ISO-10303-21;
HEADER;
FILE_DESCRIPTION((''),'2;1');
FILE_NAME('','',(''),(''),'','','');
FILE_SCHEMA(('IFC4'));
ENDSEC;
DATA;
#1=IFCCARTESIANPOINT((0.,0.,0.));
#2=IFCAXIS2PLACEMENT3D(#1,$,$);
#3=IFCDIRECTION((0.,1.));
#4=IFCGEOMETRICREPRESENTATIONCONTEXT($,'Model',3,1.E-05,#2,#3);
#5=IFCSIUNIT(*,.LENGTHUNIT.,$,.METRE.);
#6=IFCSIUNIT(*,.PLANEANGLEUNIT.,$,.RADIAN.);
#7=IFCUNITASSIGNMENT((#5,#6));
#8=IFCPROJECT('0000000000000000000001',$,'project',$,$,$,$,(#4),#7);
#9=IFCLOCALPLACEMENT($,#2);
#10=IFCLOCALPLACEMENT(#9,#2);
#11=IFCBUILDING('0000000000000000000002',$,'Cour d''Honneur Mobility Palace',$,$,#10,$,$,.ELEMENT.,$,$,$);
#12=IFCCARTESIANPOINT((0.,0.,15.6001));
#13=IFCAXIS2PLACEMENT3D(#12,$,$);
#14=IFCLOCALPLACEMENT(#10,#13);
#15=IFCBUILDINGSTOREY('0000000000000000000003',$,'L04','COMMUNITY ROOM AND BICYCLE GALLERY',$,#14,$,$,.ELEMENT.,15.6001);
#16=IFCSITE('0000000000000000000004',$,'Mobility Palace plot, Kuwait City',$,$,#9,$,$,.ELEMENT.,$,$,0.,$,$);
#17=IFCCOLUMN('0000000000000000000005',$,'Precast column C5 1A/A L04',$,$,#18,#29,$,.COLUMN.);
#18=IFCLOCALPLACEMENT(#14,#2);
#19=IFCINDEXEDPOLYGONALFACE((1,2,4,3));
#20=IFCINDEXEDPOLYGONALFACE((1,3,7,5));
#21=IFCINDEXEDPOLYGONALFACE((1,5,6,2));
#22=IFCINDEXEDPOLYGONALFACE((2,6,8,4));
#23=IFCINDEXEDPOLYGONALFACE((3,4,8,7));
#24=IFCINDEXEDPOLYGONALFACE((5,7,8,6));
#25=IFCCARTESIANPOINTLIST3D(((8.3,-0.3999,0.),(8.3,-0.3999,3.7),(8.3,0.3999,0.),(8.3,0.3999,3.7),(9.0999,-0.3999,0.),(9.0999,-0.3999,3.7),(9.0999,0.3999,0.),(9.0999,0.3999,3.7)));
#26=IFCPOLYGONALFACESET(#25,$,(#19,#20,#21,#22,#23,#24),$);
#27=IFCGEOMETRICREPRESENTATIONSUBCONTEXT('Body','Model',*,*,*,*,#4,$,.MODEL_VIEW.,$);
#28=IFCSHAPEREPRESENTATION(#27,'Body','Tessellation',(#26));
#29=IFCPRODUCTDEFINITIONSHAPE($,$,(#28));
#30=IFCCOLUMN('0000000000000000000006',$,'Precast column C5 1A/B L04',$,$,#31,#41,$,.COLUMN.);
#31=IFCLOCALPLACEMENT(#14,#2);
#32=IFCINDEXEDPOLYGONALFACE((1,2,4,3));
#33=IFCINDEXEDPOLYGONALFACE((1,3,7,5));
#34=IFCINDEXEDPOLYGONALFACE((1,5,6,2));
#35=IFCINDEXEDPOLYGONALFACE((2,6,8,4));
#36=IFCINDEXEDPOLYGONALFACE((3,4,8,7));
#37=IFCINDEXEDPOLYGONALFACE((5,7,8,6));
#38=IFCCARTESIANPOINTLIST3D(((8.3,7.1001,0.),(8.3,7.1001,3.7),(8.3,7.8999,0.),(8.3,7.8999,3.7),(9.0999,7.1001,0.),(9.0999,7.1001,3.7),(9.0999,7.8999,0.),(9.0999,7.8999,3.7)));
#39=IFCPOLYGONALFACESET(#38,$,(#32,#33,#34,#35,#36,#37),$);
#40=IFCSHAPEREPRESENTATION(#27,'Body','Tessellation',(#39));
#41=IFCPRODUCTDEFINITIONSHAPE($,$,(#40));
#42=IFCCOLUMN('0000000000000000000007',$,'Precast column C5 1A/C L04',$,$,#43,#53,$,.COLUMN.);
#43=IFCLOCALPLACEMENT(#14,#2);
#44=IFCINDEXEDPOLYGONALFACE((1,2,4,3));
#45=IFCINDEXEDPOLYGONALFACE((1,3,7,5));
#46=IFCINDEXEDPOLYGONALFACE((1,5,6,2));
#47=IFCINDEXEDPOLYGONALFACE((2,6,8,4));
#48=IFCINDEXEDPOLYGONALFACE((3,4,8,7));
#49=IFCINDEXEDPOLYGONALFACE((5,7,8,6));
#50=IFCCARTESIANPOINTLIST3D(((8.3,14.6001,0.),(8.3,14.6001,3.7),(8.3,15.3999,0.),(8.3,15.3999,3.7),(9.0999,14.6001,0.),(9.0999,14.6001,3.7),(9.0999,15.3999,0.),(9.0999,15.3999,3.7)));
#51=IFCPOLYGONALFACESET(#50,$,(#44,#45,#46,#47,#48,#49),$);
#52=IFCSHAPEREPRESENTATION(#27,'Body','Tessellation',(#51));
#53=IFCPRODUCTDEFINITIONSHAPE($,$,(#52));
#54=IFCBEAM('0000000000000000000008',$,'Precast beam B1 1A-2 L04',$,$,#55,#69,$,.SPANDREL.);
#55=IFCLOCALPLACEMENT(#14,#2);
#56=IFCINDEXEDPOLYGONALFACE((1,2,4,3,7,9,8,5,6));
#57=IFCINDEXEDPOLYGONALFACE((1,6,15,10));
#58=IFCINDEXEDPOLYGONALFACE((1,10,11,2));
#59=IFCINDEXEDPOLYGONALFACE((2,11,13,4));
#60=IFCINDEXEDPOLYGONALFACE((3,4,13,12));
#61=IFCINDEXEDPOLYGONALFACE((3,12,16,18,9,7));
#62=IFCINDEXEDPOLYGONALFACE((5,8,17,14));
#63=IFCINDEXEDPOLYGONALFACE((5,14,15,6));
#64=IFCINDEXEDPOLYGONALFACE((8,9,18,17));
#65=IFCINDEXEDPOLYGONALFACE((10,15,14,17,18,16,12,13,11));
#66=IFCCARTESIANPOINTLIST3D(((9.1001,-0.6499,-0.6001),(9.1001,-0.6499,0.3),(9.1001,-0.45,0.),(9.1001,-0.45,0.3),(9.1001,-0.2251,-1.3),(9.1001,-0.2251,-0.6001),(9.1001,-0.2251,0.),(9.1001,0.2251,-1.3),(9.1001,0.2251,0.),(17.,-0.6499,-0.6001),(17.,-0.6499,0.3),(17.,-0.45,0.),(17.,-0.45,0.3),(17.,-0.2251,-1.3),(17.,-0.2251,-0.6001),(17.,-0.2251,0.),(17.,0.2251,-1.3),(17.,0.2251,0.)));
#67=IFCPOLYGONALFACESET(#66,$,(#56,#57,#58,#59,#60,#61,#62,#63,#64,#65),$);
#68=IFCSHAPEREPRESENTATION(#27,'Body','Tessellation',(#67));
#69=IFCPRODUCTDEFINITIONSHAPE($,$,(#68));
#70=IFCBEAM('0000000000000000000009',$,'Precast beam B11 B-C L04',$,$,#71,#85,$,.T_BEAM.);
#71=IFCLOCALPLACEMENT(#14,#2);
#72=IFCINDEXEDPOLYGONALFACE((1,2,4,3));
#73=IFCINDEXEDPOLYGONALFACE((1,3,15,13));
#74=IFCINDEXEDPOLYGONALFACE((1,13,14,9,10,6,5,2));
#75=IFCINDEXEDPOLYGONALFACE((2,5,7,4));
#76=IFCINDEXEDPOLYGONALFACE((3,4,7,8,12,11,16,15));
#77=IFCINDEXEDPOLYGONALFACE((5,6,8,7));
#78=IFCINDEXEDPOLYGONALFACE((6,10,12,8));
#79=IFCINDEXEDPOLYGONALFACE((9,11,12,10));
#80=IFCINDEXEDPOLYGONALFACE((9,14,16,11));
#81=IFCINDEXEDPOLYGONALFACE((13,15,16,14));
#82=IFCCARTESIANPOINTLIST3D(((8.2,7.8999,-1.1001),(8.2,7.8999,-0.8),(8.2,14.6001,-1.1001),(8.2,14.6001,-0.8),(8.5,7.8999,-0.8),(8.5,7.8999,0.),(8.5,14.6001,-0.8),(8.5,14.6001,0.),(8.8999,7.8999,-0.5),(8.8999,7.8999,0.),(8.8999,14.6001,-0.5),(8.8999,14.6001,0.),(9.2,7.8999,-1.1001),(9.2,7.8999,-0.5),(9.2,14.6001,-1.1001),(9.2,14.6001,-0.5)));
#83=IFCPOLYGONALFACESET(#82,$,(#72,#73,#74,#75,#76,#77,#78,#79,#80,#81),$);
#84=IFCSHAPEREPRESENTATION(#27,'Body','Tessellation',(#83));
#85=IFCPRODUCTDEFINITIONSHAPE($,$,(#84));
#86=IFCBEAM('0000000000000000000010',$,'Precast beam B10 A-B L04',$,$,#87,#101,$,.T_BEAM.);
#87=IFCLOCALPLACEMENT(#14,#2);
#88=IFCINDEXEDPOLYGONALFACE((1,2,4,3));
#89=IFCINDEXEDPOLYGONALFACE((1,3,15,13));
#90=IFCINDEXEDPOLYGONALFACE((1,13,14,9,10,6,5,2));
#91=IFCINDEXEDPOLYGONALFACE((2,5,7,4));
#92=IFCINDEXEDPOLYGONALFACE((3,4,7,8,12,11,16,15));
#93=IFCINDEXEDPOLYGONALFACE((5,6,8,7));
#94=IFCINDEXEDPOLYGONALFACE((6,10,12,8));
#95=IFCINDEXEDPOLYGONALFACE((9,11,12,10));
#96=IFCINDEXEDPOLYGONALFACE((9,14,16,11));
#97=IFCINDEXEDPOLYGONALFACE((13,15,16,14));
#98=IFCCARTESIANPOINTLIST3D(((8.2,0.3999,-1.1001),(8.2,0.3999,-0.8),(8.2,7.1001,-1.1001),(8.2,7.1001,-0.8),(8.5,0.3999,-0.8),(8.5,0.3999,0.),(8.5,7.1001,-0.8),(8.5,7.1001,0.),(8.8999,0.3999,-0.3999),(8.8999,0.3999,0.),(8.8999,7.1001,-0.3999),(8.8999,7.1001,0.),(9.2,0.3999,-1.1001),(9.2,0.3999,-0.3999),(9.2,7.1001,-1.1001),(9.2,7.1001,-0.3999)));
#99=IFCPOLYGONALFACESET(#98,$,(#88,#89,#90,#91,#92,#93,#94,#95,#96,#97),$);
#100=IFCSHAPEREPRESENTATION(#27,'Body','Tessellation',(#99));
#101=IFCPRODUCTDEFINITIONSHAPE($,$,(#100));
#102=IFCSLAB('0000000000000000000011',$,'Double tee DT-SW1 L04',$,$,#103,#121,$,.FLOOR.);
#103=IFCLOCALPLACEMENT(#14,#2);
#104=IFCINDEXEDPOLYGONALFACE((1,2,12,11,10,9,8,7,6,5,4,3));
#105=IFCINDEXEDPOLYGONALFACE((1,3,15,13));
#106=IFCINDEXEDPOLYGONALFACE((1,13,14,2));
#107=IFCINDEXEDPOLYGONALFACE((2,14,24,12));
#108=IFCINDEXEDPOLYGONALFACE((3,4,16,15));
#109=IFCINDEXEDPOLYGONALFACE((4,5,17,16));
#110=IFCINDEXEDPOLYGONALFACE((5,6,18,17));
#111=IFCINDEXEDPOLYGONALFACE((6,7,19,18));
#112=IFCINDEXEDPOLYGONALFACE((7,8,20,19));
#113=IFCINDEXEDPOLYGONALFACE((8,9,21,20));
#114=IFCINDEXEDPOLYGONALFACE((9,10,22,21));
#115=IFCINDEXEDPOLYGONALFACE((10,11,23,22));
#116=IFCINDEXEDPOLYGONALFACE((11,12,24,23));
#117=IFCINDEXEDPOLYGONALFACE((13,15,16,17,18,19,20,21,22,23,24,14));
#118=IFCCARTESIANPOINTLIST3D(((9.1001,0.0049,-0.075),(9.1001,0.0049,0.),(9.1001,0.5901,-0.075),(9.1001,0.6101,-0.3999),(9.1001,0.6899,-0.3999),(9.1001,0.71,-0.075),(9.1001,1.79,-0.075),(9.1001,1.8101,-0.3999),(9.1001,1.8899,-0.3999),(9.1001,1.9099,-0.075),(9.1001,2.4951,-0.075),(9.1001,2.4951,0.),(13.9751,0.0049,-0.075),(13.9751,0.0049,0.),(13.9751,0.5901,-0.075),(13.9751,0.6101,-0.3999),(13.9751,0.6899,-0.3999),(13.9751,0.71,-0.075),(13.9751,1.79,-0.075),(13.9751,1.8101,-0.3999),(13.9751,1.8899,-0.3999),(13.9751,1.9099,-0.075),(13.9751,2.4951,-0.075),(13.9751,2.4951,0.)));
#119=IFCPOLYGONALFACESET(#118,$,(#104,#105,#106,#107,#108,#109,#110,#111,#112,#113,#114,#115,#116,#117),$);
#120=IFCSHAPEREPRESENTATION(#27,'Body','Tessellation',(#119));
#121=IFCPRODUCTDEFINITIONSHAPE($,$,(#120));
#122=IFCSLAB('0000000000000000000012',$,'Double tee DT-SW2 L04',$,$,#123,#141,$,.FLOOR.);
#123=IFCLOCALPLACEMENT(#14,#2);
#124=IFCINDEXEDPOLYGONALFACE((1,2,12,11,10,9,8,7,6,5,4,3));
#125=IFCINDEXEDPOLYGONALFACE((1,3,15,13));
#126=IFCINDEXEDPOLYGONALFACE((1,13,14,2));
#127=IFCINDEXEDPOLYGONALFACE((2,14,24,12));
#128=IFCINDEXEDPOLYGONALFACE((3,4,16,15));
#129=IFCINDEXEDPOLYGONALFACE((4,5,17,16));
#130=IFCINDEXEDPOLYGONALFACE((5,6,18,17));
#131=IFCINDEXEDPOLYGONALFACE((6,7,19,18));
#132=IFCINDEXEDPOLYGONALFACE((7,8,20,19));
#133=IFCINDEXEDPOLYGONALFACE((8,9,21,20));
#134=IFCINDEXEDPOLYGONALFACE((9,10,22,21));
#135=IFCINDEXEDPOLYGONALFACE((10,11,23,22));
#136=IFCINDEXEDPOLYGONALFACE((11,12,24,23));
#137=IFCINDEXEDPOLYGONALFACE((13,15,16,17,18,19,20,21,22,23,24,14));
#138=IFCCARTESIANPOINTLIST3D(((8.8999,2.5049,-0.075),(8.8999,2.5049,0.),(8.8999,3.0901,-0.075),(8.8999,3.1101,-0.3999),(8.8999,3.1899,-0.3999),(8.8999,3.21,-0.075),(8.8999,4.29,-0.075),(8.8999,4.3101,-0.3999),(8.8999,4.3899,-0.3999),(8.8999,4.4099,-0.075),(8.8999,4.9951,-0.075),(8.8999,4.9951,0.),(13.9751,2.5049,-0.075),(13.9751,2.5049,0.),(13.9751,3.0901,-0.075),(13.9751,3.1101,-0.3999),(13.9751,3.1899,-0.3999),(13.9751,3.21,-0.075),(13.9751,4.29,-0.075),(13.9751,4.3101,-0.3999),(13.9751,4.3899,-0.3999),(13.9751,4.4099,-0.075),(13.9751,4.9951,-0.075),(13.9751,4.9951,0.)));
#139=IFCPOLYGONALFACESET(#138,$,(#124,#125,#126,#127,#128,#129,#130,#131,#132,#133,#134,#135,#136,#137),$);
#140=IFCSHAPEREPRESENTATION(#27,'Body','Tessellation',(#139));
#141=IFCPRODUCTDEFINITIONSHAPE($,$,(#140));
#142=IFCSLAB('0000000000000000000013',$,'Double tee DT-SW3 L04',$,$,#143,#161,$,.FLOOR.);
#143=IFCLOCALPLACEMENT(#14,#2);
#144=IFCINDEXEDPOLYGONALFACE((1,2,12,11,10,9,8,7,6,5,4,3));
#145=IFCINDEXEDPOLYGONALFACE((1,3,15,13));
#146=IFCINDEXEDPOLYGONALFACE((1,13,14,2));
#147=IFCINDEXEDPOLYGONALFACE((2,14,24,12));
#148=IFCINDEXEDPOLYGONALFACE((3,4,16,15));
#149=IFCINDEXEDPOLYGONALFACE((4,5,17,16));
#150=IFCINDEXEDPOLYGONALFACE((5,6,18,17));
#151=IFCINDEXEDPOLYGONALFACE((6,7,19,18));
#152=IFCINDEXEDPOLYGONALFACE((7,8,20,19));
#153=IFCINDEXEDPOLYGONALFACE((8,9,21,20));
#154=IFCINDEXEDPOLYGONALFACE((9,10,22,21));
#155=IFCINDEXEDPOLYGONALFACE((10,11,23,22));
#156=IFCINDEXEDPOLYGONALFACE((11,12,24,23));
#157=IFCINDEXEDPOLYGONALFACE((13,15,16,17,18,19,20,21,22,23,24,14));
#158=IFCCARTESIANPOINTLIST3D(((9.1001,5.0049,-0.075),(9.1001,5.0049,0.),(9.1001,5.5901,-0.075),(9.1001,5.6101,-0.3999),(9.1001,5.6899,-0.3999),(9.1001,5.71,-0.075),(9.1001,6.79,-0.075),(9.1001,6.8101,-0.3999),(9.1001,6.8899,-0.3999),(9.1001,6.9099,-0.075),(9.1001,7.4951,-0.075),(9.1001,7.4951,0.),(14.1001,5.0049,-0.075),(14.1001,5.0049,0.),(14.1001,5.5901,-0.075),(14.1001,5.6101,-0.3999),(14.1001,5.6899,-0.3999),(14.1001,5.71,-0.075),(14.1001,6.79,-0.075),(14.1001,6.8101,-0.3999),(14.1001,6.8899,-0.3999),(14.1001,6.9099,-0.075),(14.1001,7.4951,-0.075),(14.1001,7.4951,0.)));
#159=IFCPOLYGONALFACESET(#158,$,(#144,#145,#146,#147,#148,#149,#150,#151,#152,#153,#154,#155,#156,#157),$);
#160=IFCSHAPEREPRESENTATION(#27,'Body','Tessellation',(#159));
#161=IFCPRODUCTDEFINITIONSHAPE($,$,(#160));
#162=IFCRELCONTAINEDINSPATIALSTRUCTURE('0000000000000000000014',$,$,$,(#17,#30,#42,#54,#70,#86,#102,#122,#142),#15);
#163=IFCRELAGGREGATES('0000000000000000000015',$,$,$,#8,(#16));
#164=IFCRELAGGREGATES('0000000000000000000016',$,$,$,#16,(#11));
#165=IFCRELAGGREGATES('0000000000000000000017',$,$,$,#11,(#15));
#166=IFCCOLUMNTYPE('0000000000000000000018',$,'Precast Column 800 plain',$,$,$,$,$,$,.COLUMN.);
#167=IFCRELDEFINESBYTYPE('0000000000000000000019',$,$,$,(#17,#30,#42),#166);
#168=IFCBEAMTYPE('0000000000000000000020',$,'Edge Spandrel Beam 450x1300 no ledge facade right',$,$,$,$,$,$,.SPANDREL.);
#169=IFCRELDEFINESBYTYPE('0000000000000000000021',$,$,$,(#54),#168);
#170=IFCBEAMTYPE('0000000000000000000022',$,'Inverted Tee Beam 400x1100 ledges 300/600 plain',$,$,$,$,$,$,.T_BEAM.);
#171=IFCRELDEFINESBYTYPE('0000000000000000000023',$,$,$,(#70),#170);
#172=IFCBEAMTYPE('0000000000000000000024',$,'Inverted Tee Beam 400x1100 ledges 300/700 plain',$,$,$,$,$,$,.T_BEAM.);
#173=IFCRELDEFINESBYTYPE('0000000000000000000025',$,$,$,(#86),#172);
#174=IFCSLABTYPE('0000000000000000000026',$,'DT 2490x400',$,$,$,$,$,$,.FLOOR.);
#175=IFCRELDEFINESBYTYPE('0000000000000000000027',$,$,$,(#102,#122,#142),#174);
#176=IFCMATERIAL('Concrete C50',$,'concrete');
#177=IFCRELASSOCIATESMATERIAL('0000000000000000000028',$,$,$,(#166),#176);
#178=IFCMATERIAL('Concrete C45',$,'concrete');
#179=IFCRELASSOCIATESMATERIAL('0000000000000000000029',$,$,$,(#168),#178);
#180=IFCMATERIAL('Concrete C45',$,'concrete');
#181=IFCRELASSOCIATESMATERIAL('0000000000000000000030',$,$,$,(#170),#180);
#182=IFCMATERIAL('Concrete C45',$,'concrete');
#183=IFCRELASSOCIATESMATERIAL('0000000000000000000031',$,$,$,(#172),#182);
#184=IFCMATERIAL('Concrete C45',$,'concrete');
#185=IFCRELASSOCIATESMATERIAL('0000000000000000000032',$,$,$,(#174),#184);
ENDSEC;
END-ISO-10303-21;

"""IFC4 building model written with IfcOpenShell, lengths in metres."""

from ifc_helpers import new_model, si_unit, direction, frame, origin, place, context, subcontext, project, spatial, polyline, outline, extrude, material, material_profile, profile_set, type_object, element, save


model = new_model("IFC4")

# Units and contexts
model_context = context("Model", 3, precision=1e-05, world=origin(), true_north=direction((0.0, 1.0)))
body_context = subcontext(model_context, "Body", "Model", "MODEL_VIEW")
ifc_project = project(units=[si_unit("LENGTHUNIT", "METRE"), si_unit("PLANEANGLEUNIT", "RADIAN")], contexts=[model_context])

# Site, building, storey
site_placement = place(None, origin())
site = spatial("IfcSite", under=ifc_project, at=site_placement, Name="Mobility Palace plot, Kuwait City", CompositionType="ELEMENT", RefElevation=0.0)
building_placement = place(site_placement, origin())
building = spatial("IfcBuilding", under=site, at=building_placement, Name="Cour d'Honneur Mobility Palace", CompositionType="ELEMENT")
storey_placement = place(building_placement, frame((0.0, 0.0, 15.6001)))
storey = spatial("IfcBuildingStorey", under=building, at=storey_placement, Name="L04", Description="COMMUNITY ROOM AND BICYCLE GALLERY", CompositionType="ELEMENT", Elevation=15.6001)

# Columns
ifc_material_1 = material(Name="Concrete C50", Category="concrete")
ifc_material_profile_1 = material_profile(ifc_material_1, outline(polyline([(-0.3999, -0.3999), (0.3999, -0.3999), (0.3999, 0.3999), (-0.3999, 0.3999), (-0.3999, -0.3999)])), Name="PC C800 plain")
ifc_profile_set_1 = profile_set([ifc_material_profile_1], Name="Concrete C50")
column_type = type_object("IfcColumnType", Name="Precast Column 800 plain", PredefinedType="COLUMN", material=ifc_profile_set_1)
for number, where, z_axis, x_axis, name in (
    (1, (8.7, 0.0, 0.0), (0.0, 0.0, 1.0), (1.0, 0.0, 0.0), "Precast column C5 1A/A L04"),
    (2, (8.7, 7.5, 0.0), (0.0, 0.0, 1.0), (1.0, 0.0, 0.0), "Precast column C5 1A/B L04"),
    (3, (8.7, 15.0, 0.0), (0.0, 0.0, 1.0), (1.0, 0.0, 0.0), "Precast column C5 1A/C L04"),
):
    element("IfcColumn", number, at=place(storey_placement, frame(where, z_axis=z_axis, x_axis=x_axis)), inside=storey, type_object=column_type, Name=name, PredefinedType="COLUMN", context=body_context, shape_type="SweptSolid", body=[
        extrude(outline(polyline([(-0.3999, -0.3999), (0.3999, -0.3999), (0.3999, 0.3999), (-0.3999, 0.3999), (-0.3999, -0.3999)])), origin(), (0.0, 0.0, 1.0), 3.7),
    ])

# Beams
ifc_material_2 = material(Name="Concrete C45", Category="concrete")
ifc_material_profile_2 = material_profile(ifc_material_2, outline(polyline([(0.2251, -1.3), (0.2251, 0.0), (-0.2251, 0.0), (-0.45, 0.0), (-0.45, 0.3), (-0.6499, 0.3), (-0.6499, -0.6001), (-0.2251, -0.6001), (-0.2251, -1.3), (0.2251, -1.3)])), Name="Edge Spandrel Beam 450x1300 no ledge facade right")
ifc_profile_set_2 = profile_set([ifc_material_profile_2], Name="Concrete C45")
beam_type_1 = type_object("IfcBeamType", Name="Edge Spandrel Beam 450x1300 no ledge facade right", PredefinedType="SPANDREL", material=ifc_profile_set_2)
beam_1_placement = place(storey_placement, frame((9.1001, 0.0, 0.0), z_axis=(1.0, 0.0, 0.0), x_axis=(0.0, 1.0, 0.0)))
element("IfcBeam", 4, at=beam_1_placement, inside=storey, type_object=beam_type_1, Name="Precast beam B1 1A-2 L04", PredefinedType="SPANDREL", context=body_context, shape_type="SweptSolid", body=[
    extrude(outline(polyline([(0.2251, -1.3), (0.2251, 0.0), (-0.2251, 0.0), (-0.45, 0.0), (-0.45, 0.3), (-0.6499, 0.3), (-0.6499, -0.6001), (-0.2251, -0.6001), (-0.2251, -1.3), (0.2251, -1.3)])), origin(), (0.0, 0.0, 1.0), 7.8999),
])
ifc_material_3 = material(Name="Concrete C45", Category="concrete")
ifc_material_profile_3 = material_profile(ifc_material_3, outline(polyline([(0.5, -1.1001), (0.5, -0.8), (0.2, -0.8), (0.2, 0.0), (-0.2, 0.0), (-0.2, -0.5), (-0.5, -0.5), (-0.5, -1.1001), (0.5, -1.1001)])), Name="Inverted Tee Beam 400x1100 ledges 300/600 plain")
ifc_profile_set_3 = profile_set([ifc_material_profile_3], Name="Concrete C45")
beam_type_2 = type_object("IfcBeamType", Name="Inverted Tee Beam 400x1100 ledges 300/600 plain", PredefinedType="T_BEAM", material=ifc_profile_set_3)
beam_2_placement = place(storey_placement, frame((8.7, 7.8999, 0.0), z_axis=(0.0, 1.0, 0.0), x_axis=(-1.0, 0.0, 0.0)))
element("IfcBeam", 5, at=beam_2_placement, inside=storey, type_object=beam_type_2, Name="Precast beam B11 B-C L04", PredefinedType="T_BEAM", context=body_context, shape_type="SweptSolid", body=[
    extrude(outline(polyline([(0.5, -1.1001), (0.5, -0.8), (0.2, -0.8), (0.2, 0.0), (-0.2, 0.0), (-0.2, -0.5), (-0.5, -0.5), (-0.5, -1.1001), (0.5, -1.1001)])), origin(), (0.0, 0.0, 1.0), 6.7002),
])
ifc_material_4 = material(Name="Concrete C45", Category="concrete")
ifc_material_profile_4 = material_profile(ifc_material_4, outline(polyline([(0.5, -1.1001), (0.5, -0.8), (0.2, -0.8), (0.2, 0.0), (-0.2, 0.0), (-0.2, -0.3999), (-0.5, -0.3999), (-0.5, -1.1001), (0.5, -1.1001)])), Name="Inverted Tee Beam 400x1100 ledges 300/700 plain")
ifc_profile_set_4 = profile_set([ifc_material_profile_4], Name="Concrete C45")
beam_type_3 = type_object("IfcBeamType", Name="Inverted Tee Beam 400x1100 ledges 300/700 plain", PredefinedType="T_BEAM", material=ifc_profile_set_4)
beam_3_placement = place(storey_placement, frame((8.7, 0.3999, 0.0), z_axis=(0.0, 1.0, 0.0), x_axis=(-1.0, 0.0, 0.0)))
element("IfcBeam", 6, at=beam_3_placement, inside=storey, type_object=beam_type_3, Name="Precast beam B10 A-B L04", PredefinedType="T_BEAM", context=body_context, shape_type="SweptSolid", body=[
    extrude(outline(polyline([(0.5, -1.1001), (0.5, -0.8), (0.2, -0.8), (0.2, 0.0), (-0.2, 0.0), (-0.2, -0.3999), (-0.5, -0.3999), (-0.5, -1.1001), (0.5, -1.1001)])), origin(), (0.0, 0.0, 1.0), 6.7002),
])

# Slabs
ifc_material_5 = material(Name="Concrete C45", Category="concrete")
ifc_material_profile_5 = material_profile(ifc_material_5, outline(polyline([(-1.2451, 0.0), (1.2451, 0.0), (1.2451, -0.075), (0.6599, -0.075), (0.6399, -0.3999), (0.5601, -0.3999), (0.54, -0.075), (-0.54, -0.075), (-0.5601, -0.3999), (-0.6399, -0.3999), (-0.6599, -0.075), (-1.2451, -0.075), (-1.2451, 0.0)])), Name="DT 2490x400")
ifc_profile_set_5 = profile_set([ifc_material_profile_5], Name="Concrete C45")
slab_type_1 = type_object("IfcSlabType", Name="DT 2490x400", PredefinedType="FLOOR", material=ifc_profile_set_5)
slab_1_placement = place(storey_placement, frame((9.1001, 1.25, 0.0), z_axis=(1.0, 0.0, 0.0), x_axis=(0.0, 1.0, 0.0)))
element("IfcSlab", 7, at=slab_1_placement, inside=storey, type_object=slab_type_1, Name="Double tee DT-SW1 L04", PredefinedType="FLOOR", context=body_context, shape_type="SweptSolid", body=[
    extrude(outline(polyline([(-1.2451, 0.0), (1.2451, 0.0), (1.2451, -0.075), (0.6599, -0.075), (0.6399, -0.3999), (0.5601, -0.3999), (0.54, -0.075), (-0.54, -0.075), (-0.5601, -0.3999), (-0.6399, -0.3999), (-0.6599, -0.075), (-1.2451, -0.075), (-1.2451, 0.0)])), origin(), (0.0, 0.0, 1.0), 4.875),
])
slab_2_placement = place(storey_placement, frame((8.8999, 3.75, 0.0), z_axis=(1.0, 0.0, 0.0), x_axis=(0.0, 1.0, 0.0)))
element("IfcSlab", 8, at=slab_2_placement, inside=storey, type_object=slab_type_1, Name="Double tee DT-SW2 L04", PredefinedType="FLOOR", context=body_context, shape_type="SweptSolid", body=[
    extrude(outline(polyline([(-1.2451, 0.0), (1.2451, 0.0), (1.2451, -0.075), (0.6599, -0.075), (0.6399, -0.3999), (0.5601, -0.3999), (0.54, -0.075), (-0.54, -0.075), (-0.5601, -0.3999), (-0.6399, -0.3999), (-0.6599, -0.075), (-1.2451, -0.075), (-1.2451, 0.0)])), origin(), (0.0, 0.0, 1.0), 5.0752),
])
slab_3_placement = place(storey_placement, frame((9.1001, 6.25, 0.0), z_axis=(1.0, 0.0, 0.0), x_axis=(0.0, 1.0, 0.0)))
element("IfcSlab", 9, at=slab_3_placement, inside=storey, type_object=slab_type_1, Name="Double tee DT-SW3 L04", PredefinedType="FLOOR", context=body_context, shape_type="SweptSolid", body=[
    extrude(outline(polyline([(-1.2451, 0.0), (1.2451, 0.0), (1.2451, -0.075), (0.6599, -0.075), (0.6399, -0.3999), (0.5601, -0.3999), (0.54, -0.075), (-0.54, -0.075), (-0.5601, -0.3999), (-0.6399, -0.3999), (-0.6599, -0.075), (-1.2451, -0.075), (-1.2451, 0.0)])), origin(), (0.0, 0.0, 1.0), 5.0),
])

save(model, "model.ifc")
